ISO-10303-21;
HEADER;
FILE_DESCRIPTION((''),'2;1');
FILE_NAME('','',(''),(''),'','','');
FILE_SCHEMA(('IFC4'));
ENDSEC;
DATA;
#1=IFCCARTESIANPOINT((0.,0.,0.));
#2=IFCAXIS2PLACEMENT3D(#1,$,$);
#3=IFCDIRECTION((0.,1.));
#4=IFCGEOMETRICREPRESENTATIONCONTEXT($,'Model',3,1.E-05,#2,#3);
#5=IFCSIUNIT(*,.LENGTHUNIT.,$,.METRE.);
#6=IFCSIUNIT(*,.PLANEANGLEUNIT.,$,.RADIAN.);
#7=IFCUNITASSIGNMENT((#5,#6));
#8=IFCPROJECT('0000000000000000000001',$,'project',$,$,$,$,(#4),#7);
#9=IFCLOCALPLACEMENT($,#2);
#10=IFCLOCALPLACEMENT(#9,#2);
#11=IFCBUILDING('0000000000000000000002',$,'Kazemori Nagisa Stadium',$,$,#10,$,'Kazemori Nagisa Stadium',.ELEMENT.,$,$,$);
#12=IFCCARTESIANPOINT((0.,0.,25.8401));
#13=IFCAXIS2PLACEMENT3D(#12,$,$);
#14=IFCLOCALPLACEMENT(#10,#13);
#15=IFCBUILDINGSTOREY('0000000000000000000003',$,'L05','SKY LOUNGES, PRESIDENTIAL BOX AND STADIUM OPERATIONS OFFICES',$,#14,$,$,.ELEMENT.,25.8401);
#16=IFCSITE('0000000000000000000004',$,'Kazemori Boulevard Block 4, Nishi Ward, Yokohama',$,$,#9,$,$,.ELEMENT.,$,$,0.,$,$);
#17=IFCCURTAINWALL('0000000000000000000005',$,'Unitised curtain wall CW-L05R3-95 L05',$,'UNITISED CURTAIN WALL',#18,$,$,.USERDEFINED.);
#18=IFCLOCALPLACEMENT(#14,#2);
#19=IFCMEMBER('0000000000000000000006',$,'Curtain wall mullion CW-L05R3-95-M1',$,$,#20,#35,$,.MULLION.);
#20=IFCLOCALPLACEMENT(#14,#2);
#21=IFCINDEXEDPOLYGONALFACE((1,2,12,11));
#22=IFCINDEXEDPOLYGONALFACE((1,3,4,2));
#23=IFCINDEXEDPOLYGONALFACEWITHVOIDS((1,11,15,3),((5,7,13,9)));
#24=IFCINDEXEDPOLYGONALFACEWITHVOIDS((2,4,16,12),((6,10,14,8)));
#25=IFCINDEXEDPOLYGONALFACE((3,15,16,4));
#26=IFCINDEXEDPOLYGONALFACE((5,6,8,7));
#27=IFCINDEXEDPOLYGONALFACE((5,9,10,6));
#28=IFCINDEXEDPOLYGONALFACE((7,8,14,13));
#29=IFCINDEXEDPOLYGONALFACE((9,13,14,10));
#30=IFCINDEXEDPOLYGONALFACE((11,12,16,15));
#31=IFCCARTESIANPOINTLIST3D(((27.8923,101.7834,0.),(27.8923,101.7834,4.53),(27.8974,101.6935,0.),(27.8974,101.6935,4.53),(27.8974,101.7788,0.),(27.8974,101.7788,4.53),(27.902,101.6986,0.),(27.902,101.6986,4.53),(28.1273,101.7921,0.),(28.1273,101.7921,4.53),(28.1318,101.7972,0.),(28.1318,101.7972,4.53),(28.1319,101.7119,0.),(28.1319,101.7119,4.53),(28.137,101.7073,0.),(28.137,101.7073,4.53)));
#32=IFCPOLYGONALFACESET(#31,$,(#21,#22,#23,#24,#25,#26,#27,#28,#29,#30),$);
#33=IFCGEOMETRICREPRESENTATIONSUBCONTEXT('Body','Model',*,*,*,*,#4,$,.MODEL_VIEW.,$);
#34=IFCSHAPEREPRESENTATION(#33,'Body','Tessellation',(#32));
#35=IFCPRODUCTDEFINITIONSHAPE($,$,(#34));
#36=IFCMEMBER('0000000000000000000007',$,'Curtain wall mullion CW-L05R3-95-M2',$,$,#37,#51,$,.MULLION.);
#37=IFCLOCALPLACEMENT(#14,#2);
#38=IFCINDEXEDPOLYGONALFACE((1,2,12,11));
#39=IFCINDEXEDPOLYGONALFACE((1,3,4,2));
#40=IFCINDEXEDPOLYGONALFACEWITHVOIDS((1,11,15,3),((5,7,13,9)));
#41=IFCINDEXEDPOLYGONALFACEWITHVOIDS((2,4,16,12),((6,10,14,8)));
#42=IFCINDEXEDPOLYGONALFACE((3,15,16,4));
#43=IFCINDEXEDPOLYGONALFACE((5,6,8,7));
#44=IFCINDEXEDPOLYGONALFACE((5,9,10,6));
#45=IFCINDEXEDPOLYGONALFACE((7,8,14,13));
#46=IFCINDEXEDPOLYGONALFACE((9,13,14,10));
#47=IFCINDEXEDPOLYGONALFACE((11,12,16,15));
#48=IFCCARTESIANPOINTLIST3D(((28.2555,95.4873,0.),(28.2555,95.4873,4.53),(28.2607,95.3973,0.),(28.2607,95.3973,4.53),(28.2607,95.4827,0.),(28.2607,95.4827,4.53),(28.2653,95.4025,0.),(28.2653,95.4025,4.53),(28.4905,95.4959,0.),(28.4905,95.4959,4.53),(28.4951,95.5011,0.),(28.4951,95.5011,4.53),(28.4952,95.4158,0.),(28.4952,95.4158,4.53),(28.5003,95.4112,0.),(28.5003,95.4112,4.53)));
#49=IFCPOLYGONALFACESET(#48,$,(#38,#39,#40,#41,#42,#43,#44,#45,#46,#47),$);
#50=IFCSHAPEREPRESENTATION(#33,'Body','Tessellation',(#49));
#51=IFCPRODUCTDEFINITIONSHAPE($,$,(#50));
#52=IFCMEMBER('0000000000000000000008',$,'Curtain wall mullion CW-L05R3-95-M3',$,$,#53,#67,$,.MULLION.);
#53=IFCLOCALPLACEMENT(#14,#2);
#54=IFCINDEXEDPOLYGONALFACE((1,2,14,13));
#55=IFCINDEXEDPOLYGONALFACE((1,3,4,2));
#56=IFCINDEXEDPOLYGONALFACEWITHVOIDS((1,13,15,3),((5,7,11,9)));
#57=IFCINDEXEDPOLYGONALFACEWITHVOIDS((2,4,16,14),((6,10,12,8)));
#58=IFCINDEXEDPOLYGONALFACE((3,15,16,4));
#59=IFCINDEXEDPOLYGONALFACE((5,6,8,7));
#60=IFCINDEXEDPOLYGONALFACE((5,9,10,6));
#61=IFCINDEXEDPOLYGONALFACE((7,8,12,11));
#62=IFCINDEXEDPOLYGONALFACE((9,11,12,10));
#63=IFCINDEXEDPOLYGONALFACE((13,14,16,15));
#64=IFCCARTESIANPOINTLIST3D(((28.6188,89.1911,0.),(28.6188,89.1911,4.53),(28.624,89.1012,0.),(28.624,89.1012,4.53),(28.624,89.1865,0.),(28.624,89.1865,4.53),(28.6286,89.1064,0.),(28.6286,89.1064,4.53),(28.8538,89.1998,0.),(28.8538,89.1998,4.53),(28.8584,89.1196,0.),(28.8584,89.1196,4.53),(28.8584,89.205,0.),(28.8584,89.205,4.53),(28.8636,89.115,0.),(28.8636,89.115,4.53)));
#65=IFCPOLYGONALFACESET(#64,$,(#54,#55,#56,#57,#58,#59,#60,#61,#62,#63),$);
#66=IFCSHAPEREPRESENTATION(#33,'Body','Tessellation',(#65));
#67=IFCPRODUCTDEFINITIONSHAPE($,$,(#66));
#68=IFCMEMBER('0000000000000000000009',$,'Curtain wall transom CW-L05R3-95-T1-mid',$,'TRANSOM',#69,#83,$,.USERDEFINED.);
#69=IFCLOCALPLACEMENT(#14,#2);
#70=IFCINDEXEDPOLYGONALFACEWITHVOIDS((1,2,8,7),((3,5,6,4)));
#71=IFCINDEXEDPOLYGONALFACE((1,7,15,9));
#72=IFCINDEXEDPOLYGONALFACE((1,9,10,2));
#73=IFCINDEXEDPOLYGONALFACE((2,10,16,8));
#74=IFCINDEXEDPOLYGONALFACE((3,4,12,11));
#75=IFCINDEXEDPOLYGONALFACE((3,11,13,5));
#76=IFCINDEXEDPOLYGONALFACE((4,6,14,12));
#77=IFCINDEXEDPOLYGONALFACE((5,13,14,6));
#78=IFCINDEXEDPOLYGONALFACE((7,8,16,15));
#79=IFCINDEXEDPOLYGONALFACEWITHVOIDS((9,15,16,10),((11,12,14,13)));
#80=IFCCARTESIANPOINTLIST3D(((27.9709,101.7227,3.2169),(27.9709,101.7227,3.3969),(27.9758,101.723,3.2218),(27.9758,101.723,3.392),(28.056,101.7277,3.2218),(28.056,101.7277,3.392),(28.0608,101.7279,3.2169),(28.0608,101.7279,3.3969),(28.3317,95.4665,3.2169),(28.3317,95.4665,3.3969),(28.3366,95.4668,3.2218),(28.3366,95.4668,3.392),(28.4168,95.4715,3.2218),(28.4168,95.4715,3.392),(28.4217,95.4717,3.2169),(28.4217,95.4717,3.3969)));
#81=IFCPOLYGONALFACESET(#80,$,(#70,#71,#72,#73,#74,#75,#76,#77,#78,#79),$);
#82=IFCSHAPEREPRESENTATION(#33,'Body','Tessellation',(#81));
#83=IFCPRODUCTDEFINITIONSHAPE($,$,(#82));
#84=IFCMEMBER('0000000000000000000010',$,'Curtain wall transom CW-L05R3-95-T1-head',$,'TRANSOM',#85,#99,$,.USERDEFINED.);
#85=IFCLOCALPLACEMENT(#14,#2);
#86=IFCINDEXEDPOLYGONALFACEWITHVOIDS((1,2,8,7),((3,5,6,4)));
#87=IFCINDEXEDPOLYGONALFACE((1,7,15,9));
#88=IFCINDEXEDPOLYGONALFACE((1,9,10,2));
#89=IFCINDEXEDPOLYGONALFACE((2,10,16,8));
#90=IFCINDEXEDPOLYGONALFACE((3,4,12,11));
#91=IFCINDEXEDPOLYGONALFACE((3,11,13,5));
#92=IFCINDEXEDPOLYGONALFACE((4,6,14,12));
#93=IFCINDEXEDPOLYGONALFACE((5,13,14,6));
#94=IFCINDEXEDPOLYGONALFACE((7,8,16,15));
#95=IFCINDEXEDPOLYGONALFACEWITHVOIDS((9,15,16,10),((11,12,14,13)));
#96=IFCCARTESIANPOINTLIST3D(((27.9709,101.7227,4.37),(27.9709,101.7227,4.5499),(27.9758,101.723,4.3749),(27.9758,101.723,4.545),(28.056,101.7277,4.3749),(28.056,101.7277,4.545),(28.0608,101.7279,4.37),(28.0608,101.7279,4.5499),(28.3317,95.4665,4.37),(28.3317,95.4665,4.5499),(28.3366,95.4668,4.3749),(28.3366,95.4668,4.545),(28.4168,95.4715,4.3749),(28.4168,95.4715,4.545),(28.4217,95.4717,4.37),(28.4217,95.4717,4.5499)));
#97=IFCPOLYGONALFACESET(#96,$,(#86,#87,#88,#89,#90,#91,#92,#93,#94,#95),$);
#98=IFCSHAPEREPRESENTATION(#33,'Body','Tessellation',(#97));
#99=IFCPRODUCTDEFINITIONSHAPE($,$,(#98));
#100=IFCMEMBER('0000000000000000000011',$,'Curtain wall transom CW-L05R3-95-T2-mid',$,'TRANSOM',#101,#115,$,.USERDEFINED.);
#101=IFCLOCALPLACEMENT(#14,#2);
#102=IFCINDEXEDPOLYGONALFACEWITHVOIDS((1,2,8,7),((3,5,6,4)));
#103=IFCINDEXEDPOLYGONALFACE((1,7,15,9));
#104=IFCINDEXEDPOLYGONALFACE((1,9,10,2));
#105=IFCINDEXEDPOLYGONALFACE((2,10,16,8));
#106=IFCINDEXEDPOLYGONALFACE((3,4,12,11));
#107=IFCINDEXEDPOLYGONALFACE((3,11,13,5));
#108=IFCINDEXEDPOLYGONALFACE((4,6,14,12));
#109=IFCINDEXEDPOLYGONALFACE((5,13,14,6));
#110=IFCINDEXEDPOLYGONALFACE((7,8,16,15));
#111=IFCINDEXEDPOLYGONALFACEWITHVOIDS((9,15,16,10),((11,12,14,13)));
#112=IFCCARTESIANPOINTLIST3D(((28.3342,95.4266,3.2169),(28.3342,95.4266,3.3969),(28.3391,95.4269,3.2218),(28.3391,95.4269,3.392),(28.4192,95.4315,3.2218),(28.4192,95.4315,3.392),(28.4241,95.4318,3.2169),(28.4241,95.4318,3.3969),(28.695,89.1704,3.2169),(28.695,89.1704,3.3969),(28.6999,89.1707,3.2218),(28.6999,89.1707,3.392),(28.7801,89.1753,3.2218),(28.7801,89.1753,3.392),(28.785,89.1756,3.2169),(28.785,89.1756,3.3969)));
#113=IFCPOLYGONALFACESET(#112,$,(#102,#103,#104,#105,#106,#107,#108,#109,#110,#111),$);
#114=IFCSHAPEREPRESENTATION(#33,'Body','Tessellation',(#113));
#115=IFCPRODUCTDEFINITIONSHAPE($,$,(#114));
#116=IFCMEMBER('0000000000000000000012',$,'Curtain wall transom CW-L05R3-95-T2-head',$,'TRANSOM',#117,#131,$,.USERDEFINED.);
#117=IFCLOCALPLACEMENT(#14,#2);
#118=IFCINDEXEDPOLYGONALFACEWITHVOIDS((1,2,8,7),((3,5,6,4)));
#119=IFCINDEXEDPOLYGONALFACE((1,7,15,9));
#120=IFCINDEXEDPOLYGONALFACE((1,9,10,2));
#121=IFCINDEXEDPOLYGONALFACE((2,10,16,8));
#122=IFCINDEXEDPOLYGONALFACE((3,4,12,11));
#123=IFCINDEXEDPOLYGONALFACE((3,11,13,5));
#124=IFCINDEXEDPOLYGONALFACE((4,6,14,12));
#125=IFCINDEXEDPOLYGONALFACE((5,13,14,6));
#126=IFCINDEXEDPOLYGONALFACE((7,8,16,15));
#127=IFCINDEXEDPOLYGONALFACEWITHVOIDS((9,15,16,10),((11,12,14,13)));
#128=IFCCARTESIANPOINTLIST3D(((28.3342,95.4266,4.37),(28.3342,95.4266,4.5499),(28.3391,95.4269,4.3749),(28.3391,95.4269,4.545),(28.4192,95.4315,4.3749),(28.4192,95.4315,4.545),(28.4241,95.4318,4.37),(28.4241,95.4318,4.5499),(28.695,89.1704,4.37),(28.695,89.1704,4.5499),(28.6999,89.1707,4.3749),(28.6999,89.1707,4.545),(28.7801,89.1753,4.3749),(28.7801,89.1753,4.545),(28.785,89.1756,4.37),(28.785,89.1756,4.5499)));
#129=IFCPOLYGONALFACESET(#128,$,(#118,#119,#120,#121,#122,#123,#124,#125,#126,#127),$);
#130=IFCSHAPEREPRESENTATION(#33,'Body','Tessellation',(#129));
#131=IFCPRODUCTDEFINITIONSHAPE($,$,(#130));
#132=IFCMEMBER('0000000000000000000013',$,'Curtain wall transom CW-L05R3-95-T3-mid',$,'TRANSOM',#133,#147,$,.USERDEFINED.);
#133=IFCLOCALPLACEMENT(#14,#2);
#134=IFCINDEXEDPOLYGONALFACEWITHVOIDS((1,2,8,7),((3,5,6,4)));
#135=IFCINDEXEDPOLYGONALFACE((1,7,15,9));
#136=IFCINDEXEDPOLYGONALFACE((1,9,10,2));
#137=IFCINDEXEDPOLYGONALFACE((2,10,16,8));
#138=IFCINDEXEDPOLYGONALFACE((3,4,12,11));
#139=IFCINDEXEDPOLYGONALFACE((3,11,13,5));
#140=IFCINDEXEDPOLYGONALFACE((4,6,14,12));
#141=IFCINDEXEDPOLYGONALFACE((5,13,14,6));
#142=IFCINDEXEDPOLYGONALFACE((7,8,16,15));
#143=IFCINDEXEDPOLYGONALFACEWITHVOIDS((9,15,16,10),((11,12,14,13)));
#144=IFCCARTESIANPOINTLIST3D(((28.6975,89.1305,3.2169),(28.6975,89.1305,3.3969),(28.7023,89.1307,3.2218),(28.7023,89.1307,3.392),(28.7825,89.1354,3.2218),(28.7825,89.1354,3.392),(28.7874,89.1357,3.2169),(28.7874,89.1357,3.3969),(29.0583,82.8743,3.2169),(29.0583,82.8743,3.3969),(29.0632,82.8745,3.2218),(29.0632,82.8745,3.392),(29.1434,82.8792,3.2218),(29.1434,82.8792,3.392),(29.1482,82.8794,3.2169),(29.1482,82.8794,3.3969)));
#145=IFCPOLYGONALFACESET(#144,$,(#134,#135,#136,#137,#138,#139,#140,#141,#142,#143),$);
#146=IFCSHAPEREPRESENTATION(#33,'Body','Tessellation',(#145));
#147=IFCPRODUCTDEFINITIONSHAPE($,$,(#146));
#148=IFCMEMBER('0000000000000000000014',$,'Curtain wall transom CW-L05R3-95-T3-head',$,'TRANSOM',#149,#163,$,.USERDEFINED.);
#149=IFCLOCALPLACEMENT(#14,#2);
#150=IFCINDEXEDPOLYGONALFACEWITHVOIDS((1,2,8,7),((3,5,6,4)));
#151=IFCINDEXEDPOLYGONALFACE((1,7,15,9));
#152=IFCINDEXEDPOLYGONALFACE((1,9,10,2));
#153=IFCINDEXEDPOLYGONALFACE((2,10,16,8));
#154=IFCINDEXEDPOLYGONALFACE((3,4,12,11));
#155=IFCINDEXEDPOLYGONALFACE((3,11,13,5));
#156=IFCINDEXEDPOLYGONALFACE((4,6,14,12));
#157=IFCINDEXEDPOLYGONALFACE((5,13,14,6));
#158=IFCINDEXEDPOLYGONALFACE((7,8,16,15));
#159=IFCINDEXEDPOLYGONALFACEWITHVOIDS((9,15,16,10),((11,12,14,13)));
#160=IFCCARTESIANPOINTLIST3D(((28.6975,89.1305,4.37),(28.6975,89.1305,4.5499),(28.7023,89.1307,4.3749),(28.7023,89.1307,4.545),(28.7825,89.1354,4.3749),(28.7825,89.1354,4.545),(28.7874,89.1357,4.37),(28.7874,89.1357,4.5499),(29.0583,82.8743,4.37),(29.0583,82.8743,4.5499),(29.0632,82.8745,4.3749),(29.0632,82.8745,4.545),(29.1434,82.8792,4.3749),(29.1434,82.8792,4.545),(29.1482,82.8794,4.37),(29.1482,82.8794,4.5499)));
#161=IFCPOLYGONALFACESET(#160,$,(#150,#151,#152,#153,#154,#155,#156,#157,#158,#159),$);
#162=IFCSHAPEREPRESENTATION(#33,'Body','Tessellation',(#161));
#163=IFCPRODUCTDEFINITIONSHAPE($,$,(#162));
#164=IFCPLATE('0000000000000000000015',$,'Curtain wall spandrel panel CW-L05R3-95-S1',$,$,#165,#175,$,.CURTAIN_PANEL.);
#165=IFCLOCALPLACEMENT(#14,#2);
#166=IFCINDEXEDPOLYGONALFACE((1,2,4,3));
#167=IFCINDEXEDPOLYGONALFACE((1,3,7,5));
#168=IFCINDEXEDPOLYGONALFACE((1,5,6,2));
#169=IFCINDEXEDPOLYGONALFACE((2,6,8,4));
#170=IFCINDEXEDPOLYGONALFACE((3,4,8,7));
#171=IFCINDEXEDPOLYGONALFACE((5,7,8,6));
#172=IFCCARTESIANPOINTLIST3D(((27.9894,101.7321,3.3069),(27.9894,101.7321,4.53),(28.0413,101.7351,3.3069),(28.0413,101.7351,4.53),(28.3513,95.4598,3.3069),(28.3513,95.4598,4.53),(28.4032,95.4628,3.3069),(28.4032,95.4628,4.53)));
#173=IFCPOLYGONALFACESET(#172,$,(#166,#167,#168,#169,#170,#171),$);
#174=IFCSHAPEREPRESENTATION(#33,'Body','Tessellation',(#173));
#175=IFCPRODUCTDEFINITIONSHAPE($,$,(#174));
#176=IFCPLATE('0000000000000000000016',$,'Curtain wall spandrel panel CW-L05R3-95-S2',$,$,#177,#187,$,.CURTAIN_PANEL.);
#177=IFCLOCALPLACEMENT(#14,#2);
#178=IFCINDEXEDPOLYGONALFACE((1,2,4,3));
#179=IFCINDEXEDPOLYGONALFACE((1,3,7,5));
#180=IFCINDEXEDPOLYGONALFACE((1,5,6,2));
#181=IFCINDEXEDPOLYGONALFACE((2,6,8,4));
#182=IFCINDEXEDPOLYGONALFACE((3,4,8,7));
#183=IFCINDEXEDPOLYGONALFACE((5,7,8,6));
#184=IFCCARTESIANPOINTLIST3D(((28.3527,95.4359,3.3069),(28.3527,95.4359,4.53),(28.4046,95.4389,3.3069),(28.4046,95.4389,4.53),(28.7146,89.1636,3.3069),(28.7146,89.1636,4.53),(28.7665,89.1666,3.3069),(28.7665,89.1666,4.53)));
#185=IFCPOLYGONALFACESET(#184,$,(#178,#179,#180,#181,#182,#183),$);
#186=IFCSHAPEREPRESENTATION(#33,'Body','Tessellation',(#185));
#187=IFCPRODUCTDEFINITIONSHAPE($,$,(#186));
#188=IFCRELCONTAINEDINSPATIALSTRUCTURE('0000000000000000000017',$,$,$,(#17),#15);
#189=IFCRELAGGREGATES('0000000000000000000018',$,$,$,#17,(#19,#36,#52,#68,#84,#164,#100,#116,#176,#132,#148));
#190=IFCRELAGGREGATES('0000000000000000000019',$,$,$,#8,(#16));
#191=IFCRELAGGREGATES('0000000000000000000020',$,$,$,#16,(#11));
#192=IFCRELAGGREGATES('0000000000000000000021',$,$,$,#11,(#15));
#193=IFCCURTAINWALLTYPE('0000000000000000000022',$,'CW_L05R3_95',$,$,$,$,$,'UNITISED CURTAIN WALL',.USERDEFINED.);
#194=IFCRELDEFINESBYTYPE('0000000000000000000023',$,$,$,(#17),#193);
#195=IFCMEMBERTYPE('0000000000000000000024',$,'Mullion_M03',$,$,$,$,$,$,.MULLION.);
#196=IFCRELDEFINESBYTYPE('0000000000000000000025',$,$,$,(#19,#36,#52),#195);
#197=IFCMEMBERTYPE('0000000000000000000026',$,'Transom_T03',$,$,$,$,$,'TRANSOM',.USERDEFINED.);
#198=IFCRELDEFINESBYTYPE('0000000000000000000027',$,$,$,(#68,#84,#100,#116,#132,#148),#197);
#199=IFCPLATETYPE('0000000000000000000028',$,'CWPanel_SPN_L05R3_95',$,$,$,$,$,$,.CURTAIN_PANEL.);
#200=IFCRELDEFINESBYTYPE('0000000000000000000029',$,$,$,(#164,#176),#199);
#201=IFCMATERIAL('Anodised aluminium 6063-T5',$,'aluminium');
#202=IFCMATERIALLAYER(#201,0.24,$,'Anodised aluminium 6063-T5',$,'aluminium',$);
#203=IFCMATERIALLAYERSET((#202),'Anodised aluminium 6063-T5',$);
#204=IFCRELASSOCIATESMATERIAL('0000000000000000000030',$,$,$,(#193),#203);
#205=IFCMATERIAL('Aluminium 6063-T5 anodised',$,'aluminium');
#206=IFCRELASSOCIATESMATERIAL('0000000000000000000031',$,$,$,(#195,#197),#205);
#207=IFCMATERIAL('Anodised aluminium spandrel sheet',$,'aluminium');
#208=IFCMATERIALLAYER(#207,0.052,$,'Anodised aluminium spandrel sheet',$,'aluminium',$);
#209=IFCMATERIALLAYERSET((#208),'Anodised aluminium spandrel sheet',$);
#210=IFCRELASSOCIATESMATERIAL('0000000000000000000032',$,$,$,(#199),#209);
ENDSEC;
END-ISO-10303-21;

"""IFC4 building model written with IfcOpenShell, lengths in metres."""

from ifc_helpers import new_model, si_unit, direction, frame, origin, origin_2d, place, context, subcontext, project, spatial, rectangle, hollow_rectangle, extrude, material, layer, layer_set, material_profile, profile_set, type_object, element, aggregate, save


model = new_model("IFC4")

# Units and contexts
model_context = context("Model", 3, precision=1e-05, world=origin(), true_north=direction((0.0, 1.0)))
body_context = subcontext(model_context, "Body", "Model", "MODEL_VIEW")
ifc_project = project(units=[si_unit("LENGTHUNIT", "METRE"), si_unit("PLANEANGLEUNIT", "RADIAN")], contexts=[model_context])

# Site, building, storey
site_placement = place(None, origin())
site = spatial("IfcSite", under=ifc_project, at=site_placement, Name="Kazemori Boulevard Block 4, Nishi Ward, Yokohama", CompositionType="ELEMENT", RefElevation=0.0)
building_placement = place(site_placement, origin())
building = spatial("IfcBuilding", under=site, at=building_placement, Name="Kazemori Nagisa Stadium", LongName="Kazemori Nagisa Stadium", CompositionType="ELEMENT")
storey_placement = place(building_placement, frame((0.0, 0.0, 25.8401)))
storey = spatial("IfcBuildingStorey", under=building, at=storey_placement, Name="L05", Description="SKY LOUNGES, PRESIDENTIAL BOX AND STADIUM OPERATIONS OFFICES", CompositionType="ELEMENT", Elevation=25.8401)

# Curtain wall, members, plates
ifc_material_1 = material(Name="Anodised aluminium 6063-T5", Category="aluminium")
ifc_layer_1 = layer(ifc_material_1, 0.24, Name="Anodised aluminium 6063-T5", Category="aluminium")
ifc_layer_set_1 = layer_set([ifc_layer_1], Name="Anodised aluminium 6063-T5")
curtain_wall_type = type_object("IfcCurtainWallType", Name="CW_L05R3_95", ElementType="UNITISED CURTAIN WALL", PredefinedType="USERDEFINED", material=ifc_layer_set_1)
curtain_wall_placement = place(storey_placement, origin())
curtain_wall = element("IfcCurtainWall", 1, at=curtain_wall_placement, inside=storey, type_object=curtain_wall_type, Name="Unitised curtain wall CW-L05R3-95 L05", ObjectType="UNITISED CURTAIN WALL", PredefinedType="USERDEFINED")
ifc_material_2 = material(Name="Aluminium 6063-T5 anodised", Category="aluminium")
ifc_material_profile_1 = material_profile(ifc_material_2, hollow_rectangle(XDim=0.0901, YDim=0.24, WallThickness=0.0049, at=origin_2d()), Name="ALU-MULL-90x240x5")
ifc_profile_set_1 = profile_set([ifc_material_profile_1], Name="Aluminium 6063-T5 anodised")
member_type_1 = type_object("IfcMemberType", Name="Mullion_M03", PredefinedType="MULLION", material=ifc_profile_set_1)
member_1_placement = place(storey_placement, frame((28.0146, 101.7454, 0.0), z_axis=(0.0, 0.0, 1.0), x_axis=(0.057602, -0.99834, 0.0)))
member_1 = element("IfcMember", 2, at=member_1_placement, type_object=member_type_1, Name="Curtain wall mullion CW-L05R3-95-M1", PredefinedType="MULLION", context=body_context, shape_type="SweptSolid", body=[
    extrude(hollow_rectangle(XDim=0.0901, YDim=0.24, WallThickness=0.0049, at=origin_2d()), origin(), (0.0, 0.0, 1.0), 4.53),
])
member_2_placement = place(storey_placement, frame((28.3779, 95.4492, 0.0), z_axis=(0.0, 0.0, 1.0), x_axis=(0.057602, -0.99834, 0.0)))
member_2 = element("IfcMember", 3, at=member_2_placement, type_object=member_type_1, Name="Curtain wall mullion CW-L05R3-95-M2", PredefinedType="MULLION", context=body_context, shape_type="SweptSolid", body=[
    extrude(hollow_rectangle(XDim=0.0901, YDim=0.24, WallThickness=0.0049, at=origin_2d()), origin(), (0.0, 0.0, 1.0), 4.53),
])
member_3_placement = place(storey_placement, frame((28.7412, 89.1531, 0.0), z_axis=(0.0, 0.0, 1.0), x_axis=(0.057602, -0.99834, 0.0)))
member_3 = element("IfcMember", 4, at=member_3_placement, type_object=member_type_1, Name="Curtain wall mullion CW-L05R3-95-M3", PredefinedType="MULLION", context=body_context, shape_type="SweptSolid", body=[
    extrude(hollow_rectangle(XDim=0.0901, YDim=0.24, WallThickness=0.0049, at=origin_2d()), origin(), (0.0, 0.0, 1.0), 4.53),
])
ifc_material_profile_2 = material_profile(ifc_material_2, hollow_rectangle(XDim=0.0901, YDim=0.1799, WallThickness=0.0049, at=origin_2d()), Name="ALU-TRAN-90x180x5")
ifc_profile_set_2 = profile_set([ifc_material_profile_2], Name="Aluminium 6063-T5 anodised")
member_type_2 = type_object("IfcMemberType", Name="Transom_T03", ElementType="TRANSOM", PredefinedType="USERDEFINED", material=ifc_profile_set_2)
member_4_placement = place(storey_placement, frame((28.0159, 101.7253, 3.3069), z_axis=(0.057582, -0.998341, 0.0), x_axis=(0.998341, 0.057582, 0.0)))
member_4 = element("IfcMember", 5, at=member_4_placement, type_object=member_type_2, Name="Curtain wall transom CW-L05R3-95-T1-mid", ObjectType="TRANSOM", PredefinedType="USERDEFINED", context=body_context, shape_type="SweptSolid", body=[
    extrude(hollow_rectangle(XDim=0.0901, YDim=0.1799, WallThickness=0.0049, at=origin_2d()), origin(), (0.0, 0.0, 1.0), 6.2666),
])
member_5_placement = place(storey_placement, frame((28.0159, 101.7253, 4.46), z_axis=(0.057582, -0.998341, 0.0), x_axis=(0.998341, 0.057582, 0.0)))
member_5 = element("IfcMember", 6, at=member_5_placement, type_object=member_type_2, Name="Curtain wall transom CW-L05R3-95-T1-head", ObjectType="TRANSOM", PredefinedType="USERDEFINED", context=body_context, shape_type="SweptSolid", body=[
    extrude(hollow_rectangle(XDim=0.0901, YDim=0.1799, WallThickness=0.0049, at=origin_2d()), origin(), (0.0, 0.0, 1.0), 6.2666),
])
member_6_placement = place(storey_placement, frame((28.3792, 95.4292, 3.3069), z_axis=(0.057582, -0.998341, 0.0), x_axis=(0.998341, 0.057582, 0.0)))
member_6 = element("IfcMember", 7, at=member_6_placement, type_object=member_type_2, Name="Curtain wall transom CW-L05R3-95-T2-mid", ObjectType="TRANSOM", PredefinedType="USERDEFINED", context=body_context, shape_type="SweptSolid", body=[
    extrude(hollow_rectangle(XDim=0.0901, YDim=0.1799, WallThickness=0.0049, at=origin_2d()), origin(), (0.0, 0.0, 1.0), 6.2666),
])
member_7_placement = place(storey_placement, frame((28.3792, 95.4292, 4.46), z_axis=(0.057582, -0.998341, 0.0), x_axis=(0.998341, 0.057582, 0.0)))
member_7 = element("IfcMember", 8, at=member_7_placement, type_object=member_type_2, Name="Curtain wall transom CW-L05R3-95-T2-head", ObjectType="TRANSOM", PredefinedType="USERDEFINED", context=body_context, shape_type="SweptSolid", body=[
    extrude(hollow_rectangle(XDim=0.0901, YDim=0.1799, WallThickness=0.0049, at=origin_2d()), origin(), (0.0, 0.0, 1.0), 6.2666),
])
member_8_placement = place(storey_placement, frame((28.7424, 89.1331, 3.3069), z_axis=(0.057582, -0.998341, 0.0), x_axis=(0.998341, 0.057582, 0.0)))
member_8 = element("IfcMember", 9, at=member_8_placement, type_object=member_type_2, Name="Curtain wall transom CW-L05R3-95-T3-mid", ObjectType="TRANSOM", PredefinedType="USERDEFINED", context=body_context, shape_type="SweptSolid", body=[
    extrude(hollow_rectangle(XDim=0.0901, YDim=0.1799, WallThickness=0.0049, at=origin_2d()), origin(), (0.0, 0.0, 1.0), 6.2666),
])
member_9_placement = place(storey_placement, frame((28.7424, 89.1331, 4.46), z_axis=(0.057582, -0.998341, 0.0), x_axis=(0.998341, 0.057582, 0.0)))
member_9 = element("IfcMember", 10, at=member_9_placement, type_object=member_type_2, Name="Curtain wall transom CW-L05R3-95-T3-head", ObjectType="TRANSOM", PredefinedType="USERDEFINED", context=body_context, shape_type="SweptSolid", body=[
    extrude(hollow_rectangle(XDim=0.0901, YDim=0.1799, WallThickness=0.0049, at=origin_2d()), origin(), (0.0, 0.0, 1.0), 6.2666),
])
ifc_material_3 = material(Name="Anodised aluminium spandrel sheet", Category="aluminium")
ifc_layer_2 = layer(ifc_material_3, 0.052, Name="Anodised aluminium spandrel sheet", Category="aluminium")
ifc_layer_set_2 = layer_set([ifc_layer_2], Name="Anodised aluminium spandrel sheet")
plate_type_1 = type_object("IfcPlateType", Name="CWPanel_SPN_L05R3_95", PredefinedType="CURTAIN_PANEL", material=ifc_layer_set_2)
plate_1_placement = place(storey_placement, frame((28.1963, 98.5974, 3.3069), z_axis=(0.0, 0.0, 1.0), x_axis=(0.057602, -0.99834, 0.0)))
plate_1 = element("IfcPlate", 11, at=plate_1_placement, type_object=plate_type_1, Name="Curtain wall spandrel panel CW-L05R3-95-S1", PredefinedType="CURTAIN_PANEL", context=body_context, shape_type="SweptSolid", body=[
    extrude(rectangle(XDim=6.2827, YDim=0.052, at=origin_2d()), origin(), (0.0, 0.0, 1.0), 1.2231),
])
plate_2_placement = place(storey_placement, frame((28.5596, 92.3013, 3.3069), z_axis=(0.0, 0.0, 1.0), x_axis=(0.057602, -0.99834, 0.0)))
plate_2 = element("IfcPlate", 12, at=plate_2_placement, type_object=plate_type_1, Name="Curtain wall spandrel panel CW-L05R3-95-S2", PredefinedType="CURTAIN_PANEL", context=body_context, shape_type="SweptSolid", body=[
    extrude(rectangle(XDim=6.2827, YDim=0.052, at=origin_2d()), origin(), (0.0, 0.0, 1.0), 1.2231),
])
aggregate(curtain_wall, [member_1, member_2, member_3, member_4, member_5, plate_1, member_6, member_7, plate_2, member_8, member_9])

save(model, "model.ifc")
